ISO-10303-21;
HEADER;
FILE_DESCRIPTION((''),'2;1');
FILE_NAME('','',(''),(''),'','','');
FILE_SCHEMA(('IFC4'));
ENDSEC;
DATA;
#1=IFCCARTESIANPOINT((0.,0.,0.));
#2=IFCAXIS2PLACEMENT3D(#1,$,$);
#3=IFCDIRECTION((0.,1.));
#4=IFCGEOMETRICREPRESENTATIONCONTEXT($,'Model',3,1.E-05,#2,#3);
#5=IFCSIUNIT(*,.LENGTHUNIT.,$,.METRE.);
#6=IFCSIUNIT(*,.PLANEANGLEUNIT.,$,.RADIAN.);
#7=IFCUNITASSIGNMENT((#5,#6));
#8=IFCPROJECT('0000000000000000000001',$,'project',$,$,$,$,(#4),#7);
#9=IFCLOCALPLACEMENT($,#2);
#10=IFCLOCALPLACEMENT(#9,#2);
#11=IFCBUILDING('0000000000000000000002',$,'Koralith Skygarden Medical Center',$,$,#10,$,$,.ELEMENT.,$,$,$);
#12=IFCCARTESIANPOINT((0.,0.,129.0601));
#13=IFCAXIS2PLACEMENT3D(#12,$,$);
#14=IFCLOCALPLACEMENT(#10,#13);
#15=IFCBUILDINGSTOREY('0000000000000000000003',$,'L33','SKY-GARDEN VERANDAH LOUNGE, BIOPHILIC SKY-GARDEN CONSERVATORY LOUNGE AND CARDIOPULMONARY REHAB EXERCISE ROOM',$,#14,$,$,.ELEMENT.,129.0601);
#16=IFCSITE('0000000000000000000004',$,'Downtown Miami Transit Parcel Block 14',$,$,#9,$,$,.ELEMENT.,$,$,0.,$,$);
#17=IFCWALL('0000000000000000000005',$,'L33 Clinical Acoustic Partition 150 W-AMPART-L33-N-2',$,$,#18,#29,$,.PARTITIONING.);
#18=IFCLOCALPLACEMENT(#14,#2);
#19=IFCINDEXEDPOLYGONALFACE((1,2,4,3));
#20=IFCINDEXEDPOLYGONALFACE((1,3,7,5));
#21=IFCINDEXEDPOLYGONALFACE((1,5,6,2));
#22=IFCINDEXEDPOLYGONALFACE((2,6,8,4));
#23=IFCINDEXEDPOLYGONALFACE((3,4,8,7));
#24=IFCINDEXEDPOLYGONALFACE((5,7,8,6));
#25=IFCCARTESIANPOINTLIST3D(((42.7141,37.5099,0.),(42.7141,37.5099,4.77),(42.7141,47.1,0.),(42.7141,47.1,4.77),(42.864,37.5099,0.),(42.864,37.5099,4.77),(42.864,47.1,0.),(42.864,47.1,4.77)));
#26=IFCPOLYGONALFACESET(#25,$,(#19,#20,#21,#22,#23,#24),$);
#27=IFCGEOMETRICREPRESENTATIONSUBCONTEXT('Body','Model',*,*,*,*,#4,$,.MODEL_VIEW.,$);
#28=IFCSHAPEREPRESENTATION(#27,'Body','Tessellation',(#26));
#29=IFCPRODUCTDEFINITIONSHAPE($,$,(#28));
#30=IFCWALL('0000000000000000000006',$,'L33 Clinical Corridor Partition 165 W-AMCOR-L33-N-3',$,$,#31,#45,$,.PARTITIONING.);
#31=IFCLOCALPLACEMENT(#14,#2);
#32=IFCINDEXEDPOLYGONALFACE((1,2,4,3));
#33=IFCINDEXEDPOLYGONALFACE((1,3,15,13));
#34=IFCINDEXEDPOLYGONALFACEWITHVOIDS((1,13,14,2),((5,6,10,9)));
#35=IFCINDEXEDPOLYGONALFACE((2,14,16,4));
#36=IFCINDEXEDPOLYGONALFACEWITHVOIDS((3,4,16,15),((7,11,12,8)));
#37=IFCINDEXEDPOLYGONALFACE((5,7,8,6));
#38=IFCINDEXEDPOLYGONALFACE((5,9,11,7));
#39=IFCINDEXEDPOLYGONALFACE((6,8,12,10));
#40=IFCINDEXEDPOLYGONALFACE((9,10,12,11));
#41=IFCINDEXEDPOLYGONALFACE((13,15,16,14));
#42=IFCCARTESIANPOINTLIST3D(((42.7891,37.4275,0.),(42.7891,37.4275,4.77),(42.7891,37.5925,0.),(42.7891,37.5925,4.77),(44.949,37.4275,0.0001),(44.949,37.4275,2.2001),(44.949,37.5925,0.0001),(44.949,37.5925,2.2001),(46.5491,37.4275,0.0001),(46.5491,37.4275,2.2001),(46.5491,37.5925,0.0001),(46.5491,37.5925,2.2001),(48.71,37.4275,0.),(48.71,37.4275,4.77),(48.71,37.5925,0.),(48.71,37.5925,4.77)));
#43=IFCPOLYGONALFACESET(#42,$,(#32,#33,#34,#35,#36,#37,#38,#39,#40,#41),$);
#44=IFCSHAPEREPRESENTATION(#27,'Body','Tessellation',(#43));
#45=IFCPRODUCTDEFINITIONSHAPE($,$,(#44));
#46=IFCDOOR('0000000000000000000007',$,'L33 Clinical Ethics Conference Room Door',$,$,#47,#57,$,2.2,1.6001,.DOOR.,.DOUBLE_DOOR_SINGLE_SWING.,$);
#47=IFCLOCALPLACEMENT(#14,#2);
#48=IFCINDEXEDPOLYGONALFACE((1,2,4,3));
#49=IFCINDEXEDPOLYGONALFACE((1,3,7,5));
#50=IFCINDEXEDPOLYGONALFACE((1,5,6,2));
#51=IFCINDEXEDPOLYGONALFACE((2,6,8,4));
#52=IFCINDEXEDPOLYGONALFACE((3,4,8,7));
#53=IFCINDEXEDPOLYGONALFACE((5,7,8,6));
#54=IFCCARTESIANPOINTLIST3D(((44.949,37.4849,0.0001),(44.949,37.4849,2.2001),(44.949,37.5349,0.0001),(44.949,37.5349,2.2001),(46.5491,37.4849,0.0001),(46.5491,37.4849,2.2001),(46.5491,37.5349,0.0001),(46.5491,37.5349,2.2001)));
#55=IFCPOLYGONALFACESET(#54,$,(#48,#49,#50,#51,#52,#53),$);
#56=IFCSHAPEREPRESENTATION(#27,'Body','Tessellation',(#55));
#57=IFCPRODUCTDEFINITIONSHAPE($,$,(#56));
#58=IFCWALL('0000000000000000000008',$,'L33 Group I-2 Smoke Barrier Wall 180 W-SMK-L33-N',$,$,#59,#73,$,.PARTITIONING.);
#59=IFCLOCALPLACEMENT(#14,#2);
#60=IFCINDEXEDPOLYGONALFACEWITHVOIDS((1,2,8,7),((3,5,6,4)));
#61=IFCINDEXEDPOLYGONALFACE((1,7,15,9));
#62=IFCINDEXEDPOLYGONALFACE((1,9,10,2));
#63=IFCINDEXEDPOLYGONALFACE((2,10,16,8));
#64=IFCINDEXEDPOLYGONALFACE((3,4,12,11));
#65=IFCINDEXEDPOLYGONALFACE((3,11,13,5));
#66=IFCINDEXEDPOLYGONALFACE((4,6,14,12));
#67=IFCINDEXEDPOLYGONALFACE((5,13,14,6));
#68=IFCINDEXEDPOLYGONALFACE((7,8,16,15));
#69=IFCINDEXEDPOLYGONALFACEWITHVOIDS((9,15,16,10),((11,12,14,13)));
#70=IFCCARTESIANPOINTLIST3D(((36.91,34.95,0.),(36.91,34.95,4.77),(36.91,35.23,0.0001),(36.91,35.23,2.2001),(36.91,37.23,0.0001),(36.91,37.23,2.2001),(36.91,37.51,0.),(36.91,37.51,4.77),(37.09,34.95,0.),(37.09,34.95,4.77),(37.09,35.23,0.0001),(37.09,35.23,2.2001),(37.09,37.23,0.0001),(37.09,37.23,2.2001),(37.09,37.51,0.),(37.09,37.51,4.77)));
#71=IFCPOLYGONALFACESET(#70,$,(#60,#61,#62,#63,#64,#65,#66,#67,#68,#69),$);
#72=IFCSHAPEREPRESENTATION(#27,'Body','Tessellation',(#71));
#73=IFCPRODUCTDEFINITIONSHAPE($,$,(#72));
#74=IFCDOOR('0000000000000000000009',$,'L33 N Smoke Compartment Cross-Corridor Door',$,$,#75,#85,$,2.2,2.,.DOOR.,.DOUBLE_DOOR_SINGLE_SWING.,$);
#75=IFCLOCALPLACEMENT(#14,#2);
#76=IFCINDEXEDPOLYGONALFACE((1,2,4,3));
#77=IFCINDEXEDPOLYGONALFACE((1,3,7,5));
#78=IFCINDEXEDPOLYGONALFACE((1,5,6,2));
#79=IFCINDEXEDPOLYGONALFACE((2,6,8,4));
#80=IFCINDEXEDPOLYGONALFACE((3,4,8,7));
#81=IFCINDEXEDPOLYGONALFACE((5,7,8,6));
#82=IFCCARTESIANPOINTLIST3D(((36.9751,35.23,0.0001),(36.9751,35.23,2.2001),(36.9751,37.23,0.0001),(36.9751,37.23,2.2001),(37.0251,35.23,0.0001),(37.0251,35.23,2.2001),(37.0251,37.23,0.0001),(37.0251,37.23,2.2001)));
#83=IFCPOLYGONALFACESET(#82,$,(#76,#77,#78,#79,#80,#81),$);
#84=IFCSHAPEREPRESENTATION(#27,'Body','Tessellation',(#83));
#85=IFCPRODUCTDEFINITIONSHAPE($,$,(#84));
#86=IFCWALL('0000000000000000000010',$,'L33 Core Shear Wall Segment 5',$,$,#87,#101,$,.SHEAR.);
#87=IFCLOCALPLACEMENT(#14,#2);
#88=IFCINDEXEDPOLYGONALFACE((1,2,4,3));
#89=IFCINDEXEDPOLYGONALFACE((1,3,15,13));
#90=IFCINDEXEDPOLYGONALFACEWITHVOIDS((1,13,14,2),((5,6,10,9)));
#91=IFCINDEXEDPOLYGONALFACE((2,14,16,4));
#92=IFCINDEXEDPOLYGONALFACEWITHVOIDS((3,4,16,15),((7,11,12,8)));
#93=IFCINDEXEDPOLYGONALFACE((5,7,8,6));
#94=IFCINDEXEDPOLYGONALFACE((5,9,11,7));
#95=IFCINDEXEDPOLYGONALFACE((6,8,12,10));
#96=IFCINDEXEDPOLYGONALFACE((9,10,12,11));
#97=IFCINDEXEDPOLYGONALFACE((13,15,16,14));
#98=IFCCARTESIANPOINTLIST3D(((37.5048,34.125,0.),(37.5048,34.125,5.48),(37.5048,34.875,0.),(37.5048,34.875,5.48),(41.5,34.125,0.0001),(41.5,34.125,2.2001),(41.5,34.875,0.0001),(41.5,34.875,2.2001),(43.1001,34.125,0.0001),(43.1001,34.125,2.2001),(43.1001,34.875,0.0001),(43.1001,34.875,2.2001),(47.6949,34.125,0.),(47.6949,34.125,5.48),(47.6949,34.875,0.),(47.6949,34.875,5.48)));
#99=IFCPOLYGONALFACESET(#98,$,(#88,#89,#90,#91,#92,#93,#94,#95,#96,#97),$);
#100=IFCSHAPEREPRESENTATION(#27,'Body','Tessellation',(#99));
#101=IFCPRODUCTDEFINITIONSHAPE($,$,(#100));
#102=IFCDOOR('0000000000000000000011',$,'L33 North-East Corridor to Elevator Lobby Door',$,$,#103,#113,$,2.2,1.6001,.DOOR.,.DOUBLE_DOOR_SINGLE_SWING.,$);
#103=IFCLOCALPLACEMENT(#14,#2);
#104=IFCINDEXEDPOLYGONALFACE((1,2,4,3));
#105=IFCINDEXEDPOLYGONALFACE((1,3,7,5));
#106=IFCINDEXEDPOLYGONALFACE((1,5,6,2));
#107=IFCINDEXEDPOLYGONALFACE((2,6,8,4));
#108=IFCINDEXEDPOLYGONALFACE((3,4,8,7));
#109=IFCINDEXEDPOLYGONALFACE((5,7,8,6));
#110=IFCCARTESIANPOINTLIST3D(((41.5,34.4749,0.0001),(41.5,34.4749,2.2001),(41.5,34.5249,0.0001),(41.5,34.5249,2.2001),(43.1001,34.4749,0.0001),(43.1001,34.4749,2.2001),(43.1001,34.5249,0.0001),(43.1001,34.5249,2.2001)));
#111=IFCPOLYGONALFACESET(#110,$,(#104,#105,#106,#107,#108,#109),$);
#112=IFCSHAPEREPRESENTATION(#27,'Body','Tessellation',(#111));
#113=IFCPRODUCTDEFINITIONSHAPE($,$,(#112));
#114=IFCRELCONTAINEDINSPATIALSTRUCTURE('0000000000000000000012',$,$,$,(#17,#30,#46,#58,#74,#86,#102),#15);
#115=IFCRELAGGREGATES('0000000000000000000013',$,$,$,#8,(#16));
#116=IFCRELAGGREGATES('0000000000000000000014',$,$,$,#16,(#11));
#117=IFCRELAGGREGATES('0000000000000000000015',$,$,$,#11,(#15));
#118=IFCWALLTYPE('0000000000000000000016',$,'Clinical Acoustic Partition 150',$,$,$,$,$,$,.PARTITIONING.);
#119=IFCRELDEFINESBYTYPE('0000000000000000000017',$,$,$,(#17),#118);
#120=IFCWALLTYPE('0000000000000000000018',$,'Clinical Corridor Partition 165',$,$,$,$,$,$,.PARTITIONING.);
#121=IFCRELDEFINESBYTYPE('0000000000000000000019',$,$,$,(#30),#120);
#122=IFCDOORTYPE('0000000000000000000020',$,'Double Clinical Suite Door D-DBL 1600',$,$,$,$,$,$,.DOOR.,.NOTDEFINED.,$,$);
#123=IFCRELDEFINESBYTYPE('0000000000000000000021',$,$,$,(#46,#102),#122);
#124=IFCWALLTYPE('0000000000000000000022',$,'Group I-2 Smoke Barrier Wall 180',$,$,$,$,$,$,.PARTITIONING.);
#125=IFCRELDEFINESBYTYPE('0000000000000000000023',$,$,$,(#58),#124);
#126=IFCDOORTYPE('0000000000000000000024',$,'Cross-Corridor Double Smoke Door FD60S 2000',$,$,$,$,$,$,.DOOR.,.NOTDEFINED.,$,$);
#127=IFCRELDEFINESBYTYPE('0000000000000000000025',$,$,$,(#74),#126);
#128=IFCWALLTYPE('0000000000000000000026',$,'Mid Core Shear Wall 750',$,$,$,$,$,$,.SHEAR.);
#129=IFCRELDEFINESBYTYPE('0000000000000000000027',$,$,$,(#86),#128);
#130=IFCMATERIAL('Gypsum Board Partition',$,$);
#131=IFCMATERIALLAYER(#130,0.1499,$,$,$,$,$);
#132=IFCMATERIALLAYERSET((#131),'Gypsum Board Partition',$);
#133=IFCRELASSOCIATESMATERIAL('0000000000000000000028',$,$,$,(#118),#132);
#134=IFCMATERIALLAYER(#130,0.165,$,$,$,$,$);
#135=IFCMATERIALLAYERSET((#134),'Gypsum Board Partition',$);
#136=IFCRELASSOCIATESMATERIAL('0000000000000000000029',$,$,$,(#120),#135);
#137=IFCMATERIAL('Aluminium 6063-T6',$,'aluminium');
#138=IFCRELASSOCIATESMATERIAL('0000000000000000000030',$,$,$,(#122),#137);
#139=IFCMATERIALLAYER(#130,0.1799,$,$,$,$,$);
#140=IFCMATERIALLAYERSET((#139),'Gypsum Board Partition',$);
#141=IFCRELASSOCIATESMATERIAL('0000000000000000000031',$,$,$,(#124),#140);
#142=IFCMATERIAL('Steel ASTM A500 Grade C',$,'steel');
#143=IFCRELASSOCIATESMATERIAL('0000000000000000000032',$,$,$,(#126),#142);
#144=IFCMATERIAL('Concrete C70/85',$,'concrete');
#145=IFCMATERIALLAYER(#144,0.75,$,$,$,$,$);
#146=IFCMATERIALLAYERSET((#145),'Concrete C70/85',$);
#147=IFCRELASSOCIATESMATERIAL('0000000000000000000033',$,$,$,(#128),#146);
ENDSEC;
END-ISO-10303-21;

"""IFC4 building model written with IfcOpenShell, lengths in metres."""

from ifc_helpers import new_model, si_unit, direction, frame, frame_2d, origin, place, context, subcontext, project, spatial, rectangle, extrude, material, layer, layer_set, type_object, element, fill, save


model = new_model("IFC4")

# Units and contexts
model_context = context("Model", 3, precision=1e-05, world=origin(), true_north=direction((0.0, 1.0)))
body_context = subcontext(model_context, "Body", "Model", "MODEL_VIEW")
ifc_project = project(units=[si_unit("LENGTHUNIT", "METRE"), si_unit("PLANEANGLEUNIT", "RADIAN")], contexts=[model_context])

# Site, building, storey
site_placement = place(None, origin())
site = spatial("IfcSite", under=ifc_project, at=site_placement, Name="Downtown Miami Transit Parcel Block 14", CompositionType="ELEMENT", RefElevation=0.0)
building_placement = place(site_placement, origin())
building = spatial("IfcBuilding", under=site, at=building_placement, Name="Koralith Skygarden Medical Center", CompositionType="ELEMENT")
storey_placement = place(building_placement, frame((0.0, 0.0, 129.0601)))
storey = spatial("IfcBuildingStorey", under=building, at=storey_placement, Name="L33", Description="SKY-GARDEN VERANDAH LOUNGE, BIOPHILIC SKY-GARDEN CONSERVATORY LOUNGE AND CARDIOPULMONARY REHAB EXERCISE ROOM", CompositionType="ELEMENT", Elevation=129.0601)

# Shared definitions
ifc_material_1 = material(Name="Concrete C70/85", Category="concrete")

# Shared definitions
ifc_material_2 = material(Name="Aluminium 6063-T6", Category="aluminium")

# Wall
ifc_material_3 = material(Name="Gypsum Board Partition")
ifc_layer_1 = layer(ifc_material_3, 0.1499)
ifc_layer_set_1 = layer_set([ifc_layer_1], Name="Gypsum Board Partition")
wall_type_1 = type_object("IfcWallType", Name="Clinical Acoustic Partition 150", PredefinedType="PARTITIONING", material=ifc_layer_set_1)
wall_1_placement = place(storey_placement, frame((42.7891, 37.51, 0.0), z_axis=(0.0, 0.0, 1.0), x_axis=(0.0, 1.0, 0.0)))
element("IfcWall", 1, at=wall_1_placement, inside=storey, type_object=wall_type_1, Name="L33 Clinical Acoustic Partition 150 W-AMPART-L33-N-2", PredefinedType="PARTITIONING", context=body_context, shape_type="SweptSolid", body=[
    extrude(rectangle(XDim=9.5901, YDim=0.1499, at=frame_2d((4.7949, 0.0))), origin(), (0.0, 0.0, 1.0), 4.77),
])

# Walls, openings, doors
ifc_layer_2 = layer(ifc_material_3, 0.165)
ifc_layer_set_2 = layer_set([ifc_layer_2], Name="Gypsum Board Partition")
wall_type_2 = type_object("IfcWallType", Name="Clinical Corridor Partition 165", PredefinedType="PARTITIONING", material=ifc_layer_set_2)
wall_2_placement = place(storey_placement, frame((42.7891, 37.51, 0.0), z_axis=(0.0, 0.0, 1.0), x_axis=(1.0, 0.0, 0.0)))
wall_2 = element("IfcWall", 2, at=wall_2_placement, inside=storey, type_object=wall_type_2, Name="L33 Clinical Corridor Partition 165 W-AMCOR-L33-N-3", PredefinedType="PARTITIONING", context=body_context, shape_type="SweptSolid", body=[
    extrude(rectangle(XDim=5.9209, YDim=0.165, at=frame_2d((2.9604, 0.0))), origin(), (0.0, 0.0, 1.0), 4.77),
])
opening_1_placement = place(wall_2_placement, frame((2.1599, 0.0, 0.0)))
opening_1 = element("IfcOpeningElement", 3, at=opening_1_placement, cuts=wall_2, PredefinedType="OPENING", context=body_context, shape_type="SweptSolid", body=[
    extrude(rectangle(XDim=1.6001, YDim=2.2, at=frame_2d((0.8, 1.1001))), frame((0.0, 0.0925, 0.0), z_axis=(0.0, -1.0, 0.0), x_axis=(1.0, 0.0, 0.0)), (0.0, 0.0, 1.0), 0.1851),
])
door_type_1 = type_object("IfcDoorType", Name="Double Clinical Suite Door D-DBL 1600", OperationType="NOTDEFINED", PredefinedType="DOOR", material=ifc_material_2)
door_1_placement = place(opening_1_placement, origin())
door_1 = element("IfcDoor", 4, at=door_1_placement, inside=storey, type_object=door_type_1, Name="L33 Clinical Ethics Conference Room Door", OperationType="DOUBLE_DOOR_SINGLE_SWING", OverallHeight=2.2, OverallWidth=1.6001, PredefinedType="DOOR", context=body_context, shape_type="SweptSolid", body=[
    extrude(rectangle(XDim=1.6001, YDim=2.2, at=frame_2d((0.8, 1.1001))), frame((0.0, 0.0249, 0.0), z_axis=(0.0, -1.0, 0.0), x_axis=(1.0, 0.0, 0.0)), (0.0, 0.0, 1.0), 0.05),
])
fill(opening_1, door_1)
ifc_layer_3 = layer(ifc_material_3, 0.1799)
ifc_layer_set_3 = layer_set([ifc_layer_3], Name="Gypsum Board Partition")
wall_type_3 = type_object("IfcWallType", Name="Group I-2 Smoke Barrier Wall 180", PredefinedType="PARTITIONING", material=ifc_layer_set_3)
wall_3_placement = place(storey_placement, frame((37.0, 34.95, 0.0), z_axis=(0.0, 0.0, 1.0), x_axis=(0.0, 1.0, 0.0)))
wall_3 = element("IfcWall", 5, at=wall_3_placement, inside=storey, type_object=wall_type_3, Name="L33 Group I-2 Smoke Barrier Wall 180 W-SMK-L33-N", PredefinedType="PARTITIONING", context=body_context, shape_type="SweptSolid", body=[
    extrude(rectangle(XDim=2.5601, YDim=0.1799, at=frame_2d((1.28, 0.0))), origin(), (0.0, 0.0, 1.0), 4.77),
])
opening_2_placement = place(wall_3_placement, frame((0.28, 0.0, 0.0)))
opening_2 = element("IfcOpeningElement", 6, at=opening_2_placement, cuts=wall_3, PredefinedType="OPENING", context=body_context, shape_type="SweptSolid", body=[
    extrude(rectangle(XDim=2.0, YDim=2.2, at=frame_2d((1.0, 1.1001))), frame((0.0, 0.0999, 0.0), z_axis=(0.0, -1.0, 0.0), x_axis=(1.0, 0.0, 0.0)), (0.0, 0.0, 1.0), 0.2),
])
ifc_material_4 = material(Name="Steel ASTM A500 Grade C", Category="steel")
door_type_2 = type_object("IfcDoorType", Name="Cross-Corridor Double Smoke Door FD60S 2000", OperationType="NOTDEFINED", PredefinedType="DOOR", material=ifc_material_4)
door_2_placement = place(opening_2_placement, origin())
door_2 = element("IfcDoor", 7, at=door_2_placement, inside=storey, type_object=door_type_2, Name="L33 N Smoke Compartment Cross-Corridor Door", OperationType="DOUBLE_DOOR_SINGLE_SWING", OverallHeight=2.2, OverallWidth=2.0, PredefinedType="DOOR", context=body_context, shape_type="SweptSolid", body=[
    extrude(rectangle(XDim=2.0, YDim=2.2, at=frame_2d((1.0, 1.1001))), frame((0.0, 0.0249, 0.0), z_axis=(0.0, -1.0, 0.0), x_axis=(1.0, 0.0, 0.0)), (0.0, 0.0, 1.0), 0.05),
])
fill(opening_2, door_2)
ifc_layer_4 = layer(ifc_material_1, 0.75)
ifc_layer_set_4 = layer_set([ifc_layer_4], Name="Concrete C70/85")
wall_type_4 = type_object("IfcWallType", Name="Mid Core Shear Wall 750", PredefinedType="SHEAR", material=ifc_layer_set_4)
wall_4_placement = place(storey_placement, frame((47.6951, 34.5, 0.0), z_axis=(0.0, 0.0, 1.0), x_axis=(-1.0, 0.0, 0.0)))
wall_4 = element("IfcWall", 8, at=wall_4_placement, inside=storey, type_object=wall_type_4, Name="L33 Core Shear Wall Segment 5", PredefinedType="SHEAR", context=body_context, shape_type="SweptSolid", body=[
    extrude(rectangle(XDim=10.1902, YDim=0.75, at=frame_2d((5.0952, 0.0))), origin(), (0.0, 0.0, 1.0), 5.48),
])
opening_3_placement = place(wall_4_placement, frame((4.595, 0.0, 0.0)))
opening_3 = element("IfcOpeningElement", 9, at=opening_3_placement, cuts=wall_4, PredefinedType="OPENING", context=body_context, shape_type="SweptSolid", body=[
    extrude(rectangle(XDim=1.6001, YDim=2.2, at=frame_2d((0.8, 1.1001))), frame((0.0, 0.385, 0.0), z_axis=(0.0, -1.0, 0.0), x_axis=(1.0, 0.0, 0.0)), (0.0, 0.0, 1.0), 0.77),
])
door_3_placement = place(opening_3_placement, frame((1.6001, 0.0, 0.0), z_axis=(0.0, 0.0, 1.0), x_axis=(-1.0, 0.0, 0.0)))
door_3 = element("IfcDoor", 10, at=door_3_placement, inside=storey, type_object=door_type_1, Name="L33 North-East Corridor to Elevator Lobby Door", OperationType="DOUBLE_DOOR_SINGLE_SWING", OverallHeight=2.2, OverallWidth=1.6001, PredefinedType="DOOR", context=body_context, shape_type="SweptSolid", body=[
    extrude(rectangle(XDim=1.6001, YDim=2.2, at=frame_2d((0.8, 1.1001))), frame((0.0, 0.0249, 0.0), z_axis=(0.0, -1.0, 0.0), x_axis=(1.0, 0.0, 0.0)), (0.0, 0.0, 1.0), 0.05),
])
fill(opening_3, door_3)

save(model, "model.ifc")
